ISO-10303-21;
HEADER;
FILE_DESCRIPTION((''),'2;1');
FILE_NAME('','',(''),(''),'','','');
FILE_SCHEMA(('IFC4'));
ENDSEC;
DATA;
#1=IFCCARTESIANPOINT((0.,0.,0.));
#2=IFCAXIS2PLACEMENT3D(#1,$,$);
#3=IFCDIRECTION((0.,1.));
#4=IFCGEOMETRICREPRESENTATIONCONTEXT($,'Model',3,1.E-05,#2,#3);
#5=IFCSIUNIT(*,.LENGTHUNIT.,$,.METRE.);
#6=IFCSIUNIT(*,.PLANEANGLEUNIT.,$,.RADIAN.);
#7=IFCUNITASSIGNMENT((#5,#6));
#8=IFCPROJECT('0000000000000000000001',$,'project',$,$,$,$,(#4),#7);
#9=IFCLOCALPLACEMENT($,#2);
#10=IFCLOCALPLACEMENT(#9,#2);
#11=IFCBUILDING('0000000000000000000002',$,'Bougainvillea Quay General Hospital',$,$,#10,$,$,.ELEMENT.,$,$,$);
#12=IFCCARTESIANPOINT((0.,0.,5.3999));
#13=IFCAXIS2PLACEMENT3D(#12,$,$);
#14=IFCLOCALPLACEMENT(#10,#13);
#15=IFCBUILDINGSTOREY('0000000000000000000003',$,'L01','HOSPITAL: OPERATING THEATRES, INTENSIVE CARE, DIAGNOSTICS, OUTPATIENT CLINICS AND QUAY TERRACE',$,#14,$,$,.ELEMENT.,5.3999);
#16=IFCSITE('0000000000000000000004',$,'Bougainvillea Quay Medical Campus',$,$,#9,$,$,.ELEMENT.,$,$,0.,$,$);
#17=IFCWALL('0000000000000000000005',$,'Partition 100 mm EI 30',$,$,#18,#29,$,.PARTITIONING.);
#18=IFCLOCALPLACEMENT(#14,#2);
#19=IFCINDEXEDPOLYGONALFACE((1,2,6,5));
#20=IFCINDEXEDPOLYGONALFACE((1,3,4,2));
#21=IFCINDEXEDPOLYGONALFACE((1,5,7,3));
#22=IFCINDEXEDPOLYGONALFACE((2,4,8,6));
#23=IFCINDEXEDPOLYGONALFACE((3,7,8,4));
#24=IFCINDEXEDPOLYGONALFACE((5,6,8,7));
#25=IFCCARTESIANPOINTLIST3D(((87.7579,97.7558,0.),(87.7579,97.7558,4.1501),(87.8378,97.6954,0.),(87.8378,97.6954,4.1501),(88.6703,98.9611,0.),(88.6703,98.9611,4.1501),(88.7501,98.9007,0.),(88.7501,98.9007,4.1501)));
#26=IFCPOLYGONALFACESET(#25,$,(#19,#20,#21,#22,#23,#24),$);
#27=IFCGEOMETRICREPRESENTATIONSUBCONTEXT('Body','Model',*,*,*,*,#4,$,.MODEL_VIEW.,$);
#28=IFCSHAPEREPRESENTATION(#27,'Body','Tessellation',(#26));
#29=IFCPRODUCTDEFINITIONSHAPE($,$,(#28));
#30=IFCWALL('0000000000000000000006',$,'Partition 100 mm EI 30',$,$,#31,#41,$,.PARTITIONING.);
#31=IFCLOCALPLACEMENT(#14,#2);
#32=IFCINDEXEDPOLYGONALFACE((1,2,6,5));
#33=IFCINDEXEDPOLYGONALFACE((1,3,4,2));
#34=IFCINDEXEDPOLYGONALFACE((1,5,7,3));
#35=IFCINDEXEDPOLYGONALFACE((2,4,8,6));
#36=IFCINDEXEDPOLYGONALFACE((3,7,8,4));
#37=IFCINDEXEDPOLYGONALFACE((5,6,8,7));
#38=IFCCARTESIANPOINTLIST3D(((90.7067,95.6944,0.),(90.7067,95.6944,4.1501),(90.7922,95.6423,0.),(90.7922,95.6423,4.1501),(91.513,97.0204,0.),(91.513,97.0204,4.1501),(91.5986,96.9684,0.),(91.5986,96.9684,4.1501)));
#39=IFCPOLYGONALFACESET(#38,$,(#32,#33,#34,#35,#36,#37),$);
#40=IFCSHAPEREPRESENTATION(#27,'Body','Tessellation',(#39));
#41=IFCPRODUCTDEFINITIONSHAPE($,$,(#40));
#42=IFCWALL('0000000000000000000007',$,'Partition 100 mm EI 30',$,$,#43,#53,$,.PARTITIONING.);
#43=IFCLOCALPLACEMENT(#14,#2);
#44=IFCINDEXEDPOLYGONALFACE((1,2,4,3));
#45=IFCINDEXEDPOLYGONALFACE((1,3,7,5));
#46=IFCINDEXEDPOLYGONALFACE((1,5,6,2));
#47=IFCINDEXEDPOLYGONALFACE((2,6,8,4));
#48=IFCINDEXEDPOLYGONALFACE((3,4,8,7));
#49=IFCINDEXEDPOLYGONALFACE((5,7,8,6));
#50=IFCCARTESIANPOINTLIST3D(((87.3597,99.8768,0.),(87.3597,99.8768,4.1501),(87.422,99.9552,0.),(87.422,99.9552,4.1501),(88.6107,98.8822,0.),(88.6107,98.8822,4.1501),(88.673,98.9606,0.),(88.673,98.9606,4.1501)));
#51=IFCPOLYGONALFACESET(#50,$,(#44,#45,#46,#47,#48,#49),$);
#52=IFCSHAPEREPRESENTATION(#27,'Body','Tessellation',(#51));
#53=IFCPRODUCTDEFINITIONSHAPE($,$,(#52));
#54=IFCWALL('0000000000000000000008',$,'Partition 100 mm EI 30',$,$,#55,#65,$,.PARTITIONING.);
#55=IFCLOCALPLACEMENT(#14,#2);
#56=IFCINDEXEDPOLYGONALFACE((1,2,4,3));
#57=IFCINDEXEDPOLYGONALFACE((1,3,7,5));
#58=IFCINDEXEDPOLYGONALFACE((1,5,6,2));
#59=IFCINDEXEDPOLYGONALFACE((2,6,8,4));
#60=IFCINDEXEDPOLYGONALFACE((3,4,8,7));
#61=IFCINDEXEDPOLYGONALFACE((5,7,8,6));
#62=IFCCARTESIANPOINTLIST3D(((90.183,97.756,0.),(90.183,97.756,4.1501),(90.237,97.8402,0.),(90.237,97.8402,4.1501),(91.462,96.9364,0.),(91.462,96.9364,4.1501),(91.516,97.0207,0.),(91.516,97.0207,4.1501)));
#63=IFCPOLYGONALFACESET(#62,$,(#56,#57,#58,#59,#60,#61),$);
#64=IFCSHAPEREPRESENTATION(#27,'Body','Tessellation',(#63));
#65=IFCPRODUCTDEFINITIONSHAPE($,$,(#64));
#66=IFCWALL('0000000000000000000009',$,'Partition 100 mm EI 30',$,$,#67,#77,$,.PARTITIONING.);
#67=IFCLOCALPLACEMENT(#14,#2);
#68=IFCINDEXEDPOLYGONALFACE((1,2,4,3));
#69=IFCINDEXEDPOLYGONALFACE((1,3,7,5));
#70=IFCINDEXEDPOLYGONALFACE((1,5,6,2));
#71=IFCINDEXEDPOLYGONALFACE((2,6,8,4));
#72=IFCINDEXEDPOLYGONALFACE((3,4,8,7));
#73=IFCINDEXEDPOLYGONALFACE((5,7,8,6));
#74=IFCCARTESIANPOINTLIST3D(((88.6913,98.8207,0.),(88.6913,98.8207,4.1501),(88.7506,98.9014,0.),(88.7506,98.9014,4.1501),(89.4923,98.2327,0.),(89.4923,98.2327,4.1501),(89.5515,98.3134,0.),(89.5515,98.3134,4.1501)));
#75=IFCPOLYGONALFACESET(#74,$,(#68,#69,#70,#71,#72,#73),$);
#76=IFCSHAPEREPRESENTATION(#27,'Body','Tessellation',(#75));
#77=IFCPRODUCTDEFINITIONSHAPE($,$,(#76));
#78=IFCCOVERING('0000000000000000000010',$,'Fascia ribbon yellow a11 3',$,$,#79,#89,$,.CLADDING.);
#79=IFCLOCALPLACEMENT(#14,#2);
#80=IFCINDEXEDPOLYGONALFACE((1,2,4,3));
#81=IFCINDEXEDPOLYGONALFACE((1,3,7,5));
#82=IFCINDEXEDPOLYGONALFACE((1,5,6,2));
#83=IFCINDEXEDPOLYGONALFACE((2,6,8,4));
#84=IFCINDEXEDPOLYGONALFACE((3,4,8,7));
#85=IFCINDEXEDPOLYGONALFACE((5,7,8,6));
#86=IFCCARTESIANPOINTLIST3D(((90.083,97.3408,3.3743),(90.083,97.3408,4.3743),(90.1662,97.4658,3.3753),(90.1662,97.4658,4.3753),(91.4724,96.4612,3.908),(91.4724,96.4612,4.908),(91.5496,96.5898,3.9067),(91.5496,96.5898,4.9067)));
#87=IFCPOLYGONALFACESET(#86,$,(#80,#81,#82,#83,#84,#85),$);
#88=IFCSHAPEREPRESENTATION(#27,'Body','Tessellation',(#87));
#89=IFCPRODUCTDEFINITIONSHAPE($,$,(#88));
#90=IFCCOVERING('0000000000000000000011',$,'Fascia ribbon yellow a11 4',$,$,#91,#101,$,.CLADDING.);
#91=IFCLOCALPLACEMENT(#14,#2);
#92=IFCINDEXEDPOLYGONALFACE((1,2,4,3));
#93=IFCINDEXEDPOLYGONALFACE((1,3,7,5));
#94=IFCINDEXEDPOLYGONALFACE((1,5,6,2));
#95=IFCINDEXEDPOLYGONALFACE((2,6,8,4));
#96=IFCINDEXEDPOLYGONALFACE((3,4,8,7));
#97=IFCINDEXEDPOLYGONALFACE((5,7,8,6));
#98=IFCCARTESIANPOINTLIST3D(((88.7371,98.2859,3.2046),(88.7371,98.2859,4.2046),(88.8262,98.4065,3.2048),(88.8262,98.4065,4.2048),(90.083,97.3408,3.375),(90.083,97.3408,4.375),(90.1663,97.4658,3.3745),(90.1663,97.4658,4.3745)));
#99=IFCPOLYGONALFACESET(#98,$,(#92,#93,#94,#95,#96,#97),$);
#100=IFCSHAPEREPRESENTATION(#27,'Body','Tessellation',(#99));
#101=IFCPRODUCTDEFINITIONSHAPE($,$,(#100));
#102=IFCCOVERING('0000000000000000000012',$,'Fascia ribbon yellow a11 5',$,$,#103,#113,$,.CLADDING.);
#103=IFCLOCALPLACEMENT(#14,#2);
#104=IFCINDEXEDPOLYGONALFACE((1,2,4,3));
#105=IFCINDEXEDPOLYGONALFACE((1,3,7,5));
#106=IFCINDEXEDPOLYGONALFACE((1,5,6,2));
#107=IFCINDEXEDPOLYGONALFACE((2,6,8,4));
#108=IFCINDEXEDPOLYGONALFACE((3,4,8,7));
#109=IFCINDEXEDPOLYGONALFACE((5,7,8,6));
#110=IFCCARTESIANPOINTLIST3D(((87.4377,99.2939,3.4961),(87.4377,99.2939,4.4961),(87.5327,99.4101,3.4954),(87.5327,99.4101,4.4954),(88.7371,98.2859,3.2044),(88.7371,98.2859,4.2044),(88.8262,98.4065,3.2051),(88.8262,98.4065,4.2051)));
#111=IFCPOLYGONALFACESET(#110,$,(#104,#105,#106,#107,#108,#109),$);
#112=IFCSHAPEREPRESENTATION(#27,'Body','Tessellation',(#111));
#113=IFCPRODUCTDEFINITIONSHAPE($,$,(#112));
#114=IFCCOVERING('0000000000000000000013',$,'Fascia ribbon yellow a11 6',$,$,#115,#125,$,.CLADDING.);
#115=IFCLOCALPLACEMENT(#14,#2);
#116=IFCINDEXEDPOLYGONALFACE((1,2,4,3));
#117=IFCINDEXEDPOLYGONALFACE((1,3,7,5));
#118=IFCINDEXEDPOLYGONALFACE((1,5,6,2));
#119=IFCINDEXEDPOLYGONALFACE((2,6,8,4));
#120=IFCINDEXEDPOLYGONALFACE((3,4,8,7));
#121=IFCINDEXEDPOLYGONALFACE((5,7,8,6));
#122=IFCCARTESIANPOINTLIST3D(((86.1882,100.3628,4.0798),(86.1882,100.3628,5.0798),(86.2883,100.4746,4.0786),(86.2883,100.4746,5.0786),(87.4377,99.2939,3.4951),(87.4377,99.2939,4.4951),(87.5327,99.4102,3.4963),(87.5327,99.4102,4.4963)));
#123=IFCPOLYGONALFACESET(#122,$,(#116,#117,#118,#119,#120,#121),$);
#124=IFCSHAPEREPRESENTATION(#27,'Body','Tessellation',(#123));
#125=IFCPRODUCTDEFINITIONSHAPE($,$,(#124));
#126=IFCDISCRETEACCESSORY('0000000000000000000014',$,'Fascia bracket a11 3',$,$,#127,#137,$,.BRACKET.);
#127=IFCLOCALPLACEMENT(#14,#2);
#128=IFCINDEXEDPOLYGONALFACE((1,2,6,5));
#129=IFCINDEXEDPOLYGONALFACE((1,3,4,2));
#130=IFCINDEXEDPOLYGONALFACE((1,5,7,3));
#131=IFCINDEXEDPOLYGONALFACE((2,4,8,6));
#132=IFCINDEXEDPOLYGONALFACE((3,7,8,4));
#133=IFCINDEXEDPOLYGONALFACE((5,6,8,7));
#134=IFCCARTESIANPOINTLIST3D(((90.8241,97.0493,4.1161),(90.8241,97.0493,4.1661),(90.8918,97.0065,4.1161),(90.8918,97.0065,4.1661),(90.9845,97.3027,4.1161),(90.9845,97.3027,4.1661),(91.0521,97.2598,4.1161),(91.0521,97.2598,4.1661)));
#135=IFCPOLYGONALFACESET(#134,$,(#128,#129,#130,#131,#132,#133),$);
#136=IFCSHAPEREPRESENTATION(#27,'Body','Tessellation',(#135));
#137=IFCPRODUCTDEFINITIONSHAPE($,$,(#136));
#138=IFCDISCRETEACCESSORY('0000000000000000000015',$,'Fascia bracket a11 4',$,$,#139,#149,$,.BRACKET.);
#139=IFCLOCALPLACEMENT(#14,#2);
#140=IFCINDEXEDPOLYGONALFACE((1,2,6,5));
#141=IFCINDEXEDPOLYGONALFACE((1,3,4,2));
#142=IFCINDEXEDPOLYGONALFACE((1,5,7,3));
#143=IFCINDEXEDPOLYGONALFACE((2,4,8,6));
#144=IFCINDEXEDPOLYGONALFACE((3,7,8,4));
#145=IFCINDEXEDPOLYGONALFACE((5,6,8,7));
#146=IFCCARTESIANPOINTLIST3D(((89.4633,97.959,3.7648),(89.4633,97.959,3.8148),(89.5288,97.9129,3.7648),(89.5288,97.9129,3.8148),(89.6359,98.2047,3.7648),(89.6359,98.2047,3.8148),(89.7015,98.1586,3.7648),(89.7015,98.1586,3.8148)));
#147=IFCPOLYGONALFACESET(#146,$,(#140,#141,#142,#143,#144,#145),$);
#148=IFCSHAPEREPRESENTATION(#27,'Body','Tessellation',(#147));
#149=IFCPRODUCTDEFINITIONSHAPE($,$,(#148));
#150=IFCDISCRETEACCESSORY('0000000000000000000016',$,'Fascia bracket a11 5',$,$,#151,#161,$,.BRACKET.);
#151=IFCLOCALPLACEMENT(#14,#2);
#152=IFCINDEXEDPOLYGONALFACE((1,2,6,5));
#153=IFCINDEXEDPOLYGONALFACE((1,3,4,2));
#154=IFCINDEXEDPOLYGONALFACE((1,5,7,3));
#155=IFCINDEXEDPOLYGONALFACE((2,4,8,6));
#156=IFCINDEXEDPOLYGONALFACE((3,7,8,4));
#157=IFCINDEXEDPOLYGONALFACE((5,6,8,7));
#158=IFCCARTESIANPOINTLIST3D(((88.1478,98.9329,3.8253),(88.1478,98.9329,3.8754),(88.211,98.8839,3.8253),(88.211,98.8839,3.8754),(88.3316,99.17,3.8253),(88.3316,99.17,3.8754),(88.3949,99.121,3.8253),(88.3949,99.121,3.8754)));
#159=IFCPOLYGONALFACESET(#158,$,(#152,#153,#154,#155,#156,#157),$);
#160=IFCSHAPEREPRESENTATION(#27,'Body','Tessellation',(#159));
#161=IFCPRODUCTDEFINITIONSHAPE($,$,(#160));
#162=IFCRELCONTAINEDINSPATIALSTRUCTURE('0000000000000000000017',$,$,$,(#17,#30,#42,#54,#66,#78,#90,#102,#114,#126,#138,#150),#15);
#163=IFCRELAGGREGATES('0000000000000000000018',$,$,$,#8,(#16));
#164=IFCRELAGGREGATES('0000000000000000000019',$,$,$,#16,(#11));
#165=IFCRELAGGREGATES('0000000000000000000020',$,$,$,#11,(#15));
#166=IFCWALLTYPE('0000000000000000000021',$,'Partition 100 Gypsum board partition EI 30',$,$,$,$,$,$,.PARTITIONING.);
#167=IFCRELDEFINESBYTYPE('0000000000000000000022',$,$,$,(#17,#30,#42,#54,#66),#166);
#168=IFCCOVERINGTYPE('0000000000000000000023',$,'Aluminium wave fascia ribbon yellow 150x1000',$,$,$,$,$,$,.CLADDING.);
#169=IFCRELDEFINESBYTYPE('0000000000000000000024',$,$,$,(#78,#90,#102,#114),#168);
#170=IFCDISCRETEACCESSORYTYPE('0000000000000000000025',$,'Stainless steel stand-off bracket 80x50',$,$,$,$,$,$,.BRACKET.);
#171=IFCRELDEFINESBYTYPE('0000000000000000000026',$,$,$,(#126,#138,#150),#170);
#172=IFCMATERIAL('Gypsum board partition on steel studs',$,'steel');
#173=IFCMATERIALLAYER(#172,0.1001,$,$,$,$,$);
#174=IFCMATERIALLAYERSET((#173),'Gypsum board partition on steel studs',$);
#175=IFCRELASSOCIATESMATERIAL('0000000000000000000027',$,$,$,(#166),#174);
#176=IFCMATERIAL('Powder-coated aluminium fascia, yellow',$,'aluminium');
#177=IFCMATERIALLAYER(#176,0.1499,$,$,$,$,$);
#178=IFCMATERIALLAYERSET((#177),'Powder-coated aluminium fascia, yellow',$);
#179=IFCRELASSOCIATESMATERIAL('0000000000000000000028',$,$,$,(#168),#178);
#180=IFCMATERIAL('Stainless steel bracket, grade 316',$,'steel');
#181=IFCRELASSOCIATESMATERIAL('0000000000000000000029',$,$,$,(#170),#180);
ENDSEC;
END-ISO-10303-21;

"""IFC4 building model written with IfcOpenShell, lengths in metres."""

from ifc_helpers import new_model, si_unit, direction, frame, frame_2d, origin, origin_2d, place, context, subcontext, project, spatial, polyline, rectangle, outline, extrude, material, layer, layer_set, material_profile, profile_set, type_object, element, save


model = new_model("IFC4")

# Units and contexts
model_context = context("Model", 3, precision=1e-05, world=origin(), true_north=direction((0.0, 1.0)))
body_context = subcontext(model_context, "Body", "Model", "MODEL_VIEW")
ifc_project = project(units=[si_unit("LENGTHUNIT", "METRE"), si_unit("PLANEANGLEUNIT", "RADIAN")], contexts=[model_context])

# Site, building, storey
site_placement = place(None, origin())
site = spatial("IfcSite", under=ifc_project, at=site_placement, Name="Bougainvillea Quay Medical Campus", CompositionType="ELEMENT", RefElevation=0.0)
building_placement = place(site_placement, origin())
building = spatial("IfcBuilding", under=site, at=building_placement, Name="Bougainvillea Quay General Hospital", CompositionType="ELEMENT")
storey_placement = place(building_placement, frame((0.0, 0.0, 5.3999)))
storey = spatial("IfcBuildingStorey", under=building, at=storey_placement, Name="L01", Description="HOSPITAL: OPERATING THEATRES, INTENSIVE CARE, DIAGNOSTICS, OUTPATIENT CLINICS AND QUAY TERRACE", CompositionType="ELEMENT", Elevation=5.3999)

# Walls
ifc_material_1 = material(Name="Gypsum board partition on steel studs", Category="steel")
ifc_layer_1 = layer(ifc_material_1, 0.1001)
ifc_layer_set_1 = layer_set([ifc_layer_1], Name="Gypsum board partition on steel studs")
wall_type = type_object("IfcWallType", Name="Partition 100 Gypsum board partition EI 30", PredefinedType="PARTITIONING", material=ifc_layer_set_1)
wall_1_placement = place(storey_placement, frame((87.7979, 97.7256, 0.0), z_axis=(0.0, 0.0, 1.0), x_axis=(0.603534, 0.797337, 0.0)))
element("IfcWall", 1, at=wall_1_placement, inside=storey, type_object=wall_type, Name="Partition 100 mm EI 30", PredefinedType="PARTITIONING", context=body_context, shape_type="SweptSolid", body=[
    extrude(rectangle(XDim=1.5117, YDim=0.1001, at=frame_2d((0.7559, 0.0))), origin(), (0.0, 0.0, 1.0), 4.1501),
])
wall_2_placement = place(storey_placement, frame((90.7495, 95.6685, 0.0), z_axis=(0.0, 0.0, 1.0), x_axis=(0.519553, 0.854438, 0.0)))
element("IfcWall", 2, at=wall_2_placement, inside=storey, type_object=wall_type, Name="Partition 100 mm EI 30", PredefinedType="PARTITIONING", context=body_context, shape_type="SweptSolid", body=[
    extrude(rectangle(XDim=1.552, YDim=0.1001, at=frame_2d((0.7759, 0.0))), origin(), (0.0, 0.0, 1.0), 4.1501),
])
wall_3_placement = place(storey_placement, frame((87.3909, 99.916, 0.0), z_axis=(0.0, 0.0, 1.0), x_axis=(0.782743, -0.622345, 0.0)))
element("IfcWall", 3, at=wall_3_placement, inside=storey, type_object=wall_type, Name="Partition 100 mm EI 30", PredefinedType="PARTITIONING", context=body_context, shape_type="SweptSolid", body=[
    extrude(rectangle(XDim=1.5981, YDim=0.1001, at=frame_2d((0.7991, 0.0))), origin(), (0.0, 0.0, 1.0), 4.1501),
])
wall_4_placement = place(storey_placement, frame((90.21, 97.7981, 0.0), z_axis=(0.0, 0.0, 1.0), x_axis=(0.841976, -0.539514, 0.0)))
element("IfcWall", 4, at=wall_4_placement, inside=storey, type_object=wall_type, Name="Partition 100 mm EI 30", PredefinedType="PARTITIONING", context=body_context, shape_type="SweptSolid", body=[
    extrude(rectangle(XDim=1.519, YDim=0.1001, at=frame_2d((0.7595, 0.0))), origin(), (0.0, 0.0, 1.0), 4.1501),
])
wall_5_placement = place(storey_placement, frame((88.7209, 98.8611, 0.0), z_axis=(0.0, 0.0, 1.0), x_axis=(0.806061, -0.591832, 0.0)))
element("IfcWall", 5, at=wall_5_placement, inside=storey, type_object=wall_type, Name="Partition 100 mm EI 30", PredefinedType="PARTITIONING", context=body_context, shape_type="SweptSolid", body=[
    extrude(rectangle(XDim=0.9937, YDim=0.1001, at=frame_2d((0.4968, 0.0))), origin(), (0.0, 0.0, 1.0), 4.1501),
])

# Coverings
ifc_material_2 = material(Name="Powder-coated aluminium fascia, yellow", Category="aluminium")
ifc_layer_2 = layer(ifc_material_2, 0.1499)
ifc_layer_set_2 = layer_set([ifc_layer_2], Name="Powder-coated aluminium fascia, yellow")
covering_type = type_object("IfcCoveringType", Name="Aluminium wave fascia ribbon yellow 150x1000", PredefinedType="CLADDING", material=ifc_layer_set_2)
covering_1_placement = place(storey_placement, frame((91.5496, 96.5898, 3.9067), z_axis=(-0.260517, 0.16565, 0.951152), x_axis=(-0.803582, 0.508869, -0.308721)))
element("IfcCovering", 6, at=covering_1_placement, inside=storey, type_object=covering_type, Name="Fascia ribbon yellow a11 3", PredefinedType="CLADDING", context=body_context, shape_type="SweptSolid", body=[
    extrude(outline(polyline([(0.0, 0.0), (1.7214, 0.0), (1.725, 0.1501), (-0.0039, 0.15), (0.0, 0.0)])), origin(), (-0.308721, 0.000545, 0.951152), 1.0),
])
covering_2_placement = place(storey_placement, frame((90.1663, 97.4658, 3.3745), z_axis=(-0.083905, 0.059873, 0.994673), x_axis=(-0.814122, 0.571473, -0.103074)))
element("IfcCovering", 7, at=covering_2_placement, inside=storey, type_object=covering_type, Name="Fascia ribbon yellow a11 4", PredefinedType="CLADDING", context=body_context, shape_type="SweptSolid", body=[
    extrude(outline(polyline([(0.0, 0.0), (1.6461, 0.0), (1.6497, 0.1499), (-0.0037, 0.1501), (0.0, 0.0)])), origin(), (-0.103074, 0.000794, 0.994673), 1.0),
])
covering_3_placement = place(storey_placement, frame((88.8262, 98.4065, 3.2051), z_axis=(0.137877, -0.107174, 0.984634), x_axis=(-0.77791, 0.603622, 0.174632)))
element("IfcCovering", 8, at=covering_3_placement, inside=storey, type_object=covering_type, Name="Fascia ribbon yellow a11 5", PredefinedType="CLADDING", context=body_context, shape_type="SweptSolid", body=[
    extrude(outline(polyline([(0.0, 0.0), (1.6627, 0.0), (1.6666, 0.15), (-0.0036, 0.1499), (0.0, 0.0)])), origin(), (0.174632, -0.000147, 0.984634), 1.0),
])
covering_4_placement = place(storey_placement, frame((87.5327, 99.4102, 3.4963), z_axis=(0.254592, -0.217793, 0.942204), x_axis=(-0.715989, 0.612461, 0.335039)))
element("IfcCovering", 9, at=covering_4_placement, inside=storey, type_object=covering_type, Name="Fascia ribbon yellow a11 6", PredefinedType="CLADDING", context=body_context, shape_type="SweptSolid", body=[
    extrude(outline(polyline([(0.0, 0.0), (1.738, 0.0), (1.7416, 0.15), (-0.0036, 0.15), (0.0, 0.0)])), origin(), (0.335039, -0.00001, 0.942204), 1.0),
])

# Discrete accessories
ifc_material_3 = material(Name="Stainless steel bracket, grade 316", Category="steel")
ifc_material_profile_1 = material_profile(ifc_material_3, rectangle(XDim=0.0801, YDim=0.05, at=origin_2d()))
ifc_profile_set_1 = profile_set([ifc_material_profile_1], Name="Stainless steel bracket, grade 316")
discrete_accessory_type = type_object("IfcDiscreteAccessoryType", Name="Stainless steel stand-off bracket 80x50", PredefinedType="BRACKET", material=ifc_profile_set_1)
discrete_accessory_1_placement = place(storey_placement, frame((91.0183, 97.2812, 4.1411), z_axis=(-0.53482, -0.844966, 0.0), x_axis=(0.844966, -0.53482, 0.0)))
element("IfcDiscreteAccessory", 10, at=discrete_accessory_1_placement, inside=storey, type_object=discrete_accessory_type, Name="Fascia bracket a11 3", PredefinedType="BRACKET", context=body_context, shape_type="SweptSolid", body=[
    extrude(rectangle(XDim=0.0801, YDim=0.05, at=origin_2d()), origin(), (0.0, 0.0, 1.0), 0.2998),
])
discrete_accessory_2_placement = place(storey_placement, frame((89.6687, 98.1816, 3.7898), z_axis=(-0.57499, -0.818161, 0.0), x_axis=(0.818161, -0.57499, 0.0)))
element("IfcDiscreteAccessory", 11, at=discrete_accessory_2_placement, inside=storey, type_object=discrete_accessory_type, Name="Fascia bracket a11 4", PredefinedType="BRACKET", context=body_context, shape_type="SweptSolid", body=[
    extrude(rectangle(XDim=0.0801, YDim=0.05, at=origin_2d()), origin(), (0.0, 0.0, 1.0), 0.3003),
])
discrete_accessory_3_placement = place(storey_placement, frame((88.3633, 99.1455, 3.8503), z_axis=(-0.612813, -0.790228, 0.0), x_axis=(0.790228, -0.612813, 0.0)))
element("IfcDiscreteAccessory", 12, at=discrete_accessory_3_placement, inside=storey, type_object=discrete_accessory_type, Name="Fascia bracket a11 5", PredefinedType="BRACKET", context=body_context, shape_type="SweptSolid", body=[
    extrude(rectangle(XDim=0.0801, YDim=0.05, at=origin_2d()), origin(), (0.0, 0.0, 1.0), 0.3),
])

save(model, "model.ifc")
